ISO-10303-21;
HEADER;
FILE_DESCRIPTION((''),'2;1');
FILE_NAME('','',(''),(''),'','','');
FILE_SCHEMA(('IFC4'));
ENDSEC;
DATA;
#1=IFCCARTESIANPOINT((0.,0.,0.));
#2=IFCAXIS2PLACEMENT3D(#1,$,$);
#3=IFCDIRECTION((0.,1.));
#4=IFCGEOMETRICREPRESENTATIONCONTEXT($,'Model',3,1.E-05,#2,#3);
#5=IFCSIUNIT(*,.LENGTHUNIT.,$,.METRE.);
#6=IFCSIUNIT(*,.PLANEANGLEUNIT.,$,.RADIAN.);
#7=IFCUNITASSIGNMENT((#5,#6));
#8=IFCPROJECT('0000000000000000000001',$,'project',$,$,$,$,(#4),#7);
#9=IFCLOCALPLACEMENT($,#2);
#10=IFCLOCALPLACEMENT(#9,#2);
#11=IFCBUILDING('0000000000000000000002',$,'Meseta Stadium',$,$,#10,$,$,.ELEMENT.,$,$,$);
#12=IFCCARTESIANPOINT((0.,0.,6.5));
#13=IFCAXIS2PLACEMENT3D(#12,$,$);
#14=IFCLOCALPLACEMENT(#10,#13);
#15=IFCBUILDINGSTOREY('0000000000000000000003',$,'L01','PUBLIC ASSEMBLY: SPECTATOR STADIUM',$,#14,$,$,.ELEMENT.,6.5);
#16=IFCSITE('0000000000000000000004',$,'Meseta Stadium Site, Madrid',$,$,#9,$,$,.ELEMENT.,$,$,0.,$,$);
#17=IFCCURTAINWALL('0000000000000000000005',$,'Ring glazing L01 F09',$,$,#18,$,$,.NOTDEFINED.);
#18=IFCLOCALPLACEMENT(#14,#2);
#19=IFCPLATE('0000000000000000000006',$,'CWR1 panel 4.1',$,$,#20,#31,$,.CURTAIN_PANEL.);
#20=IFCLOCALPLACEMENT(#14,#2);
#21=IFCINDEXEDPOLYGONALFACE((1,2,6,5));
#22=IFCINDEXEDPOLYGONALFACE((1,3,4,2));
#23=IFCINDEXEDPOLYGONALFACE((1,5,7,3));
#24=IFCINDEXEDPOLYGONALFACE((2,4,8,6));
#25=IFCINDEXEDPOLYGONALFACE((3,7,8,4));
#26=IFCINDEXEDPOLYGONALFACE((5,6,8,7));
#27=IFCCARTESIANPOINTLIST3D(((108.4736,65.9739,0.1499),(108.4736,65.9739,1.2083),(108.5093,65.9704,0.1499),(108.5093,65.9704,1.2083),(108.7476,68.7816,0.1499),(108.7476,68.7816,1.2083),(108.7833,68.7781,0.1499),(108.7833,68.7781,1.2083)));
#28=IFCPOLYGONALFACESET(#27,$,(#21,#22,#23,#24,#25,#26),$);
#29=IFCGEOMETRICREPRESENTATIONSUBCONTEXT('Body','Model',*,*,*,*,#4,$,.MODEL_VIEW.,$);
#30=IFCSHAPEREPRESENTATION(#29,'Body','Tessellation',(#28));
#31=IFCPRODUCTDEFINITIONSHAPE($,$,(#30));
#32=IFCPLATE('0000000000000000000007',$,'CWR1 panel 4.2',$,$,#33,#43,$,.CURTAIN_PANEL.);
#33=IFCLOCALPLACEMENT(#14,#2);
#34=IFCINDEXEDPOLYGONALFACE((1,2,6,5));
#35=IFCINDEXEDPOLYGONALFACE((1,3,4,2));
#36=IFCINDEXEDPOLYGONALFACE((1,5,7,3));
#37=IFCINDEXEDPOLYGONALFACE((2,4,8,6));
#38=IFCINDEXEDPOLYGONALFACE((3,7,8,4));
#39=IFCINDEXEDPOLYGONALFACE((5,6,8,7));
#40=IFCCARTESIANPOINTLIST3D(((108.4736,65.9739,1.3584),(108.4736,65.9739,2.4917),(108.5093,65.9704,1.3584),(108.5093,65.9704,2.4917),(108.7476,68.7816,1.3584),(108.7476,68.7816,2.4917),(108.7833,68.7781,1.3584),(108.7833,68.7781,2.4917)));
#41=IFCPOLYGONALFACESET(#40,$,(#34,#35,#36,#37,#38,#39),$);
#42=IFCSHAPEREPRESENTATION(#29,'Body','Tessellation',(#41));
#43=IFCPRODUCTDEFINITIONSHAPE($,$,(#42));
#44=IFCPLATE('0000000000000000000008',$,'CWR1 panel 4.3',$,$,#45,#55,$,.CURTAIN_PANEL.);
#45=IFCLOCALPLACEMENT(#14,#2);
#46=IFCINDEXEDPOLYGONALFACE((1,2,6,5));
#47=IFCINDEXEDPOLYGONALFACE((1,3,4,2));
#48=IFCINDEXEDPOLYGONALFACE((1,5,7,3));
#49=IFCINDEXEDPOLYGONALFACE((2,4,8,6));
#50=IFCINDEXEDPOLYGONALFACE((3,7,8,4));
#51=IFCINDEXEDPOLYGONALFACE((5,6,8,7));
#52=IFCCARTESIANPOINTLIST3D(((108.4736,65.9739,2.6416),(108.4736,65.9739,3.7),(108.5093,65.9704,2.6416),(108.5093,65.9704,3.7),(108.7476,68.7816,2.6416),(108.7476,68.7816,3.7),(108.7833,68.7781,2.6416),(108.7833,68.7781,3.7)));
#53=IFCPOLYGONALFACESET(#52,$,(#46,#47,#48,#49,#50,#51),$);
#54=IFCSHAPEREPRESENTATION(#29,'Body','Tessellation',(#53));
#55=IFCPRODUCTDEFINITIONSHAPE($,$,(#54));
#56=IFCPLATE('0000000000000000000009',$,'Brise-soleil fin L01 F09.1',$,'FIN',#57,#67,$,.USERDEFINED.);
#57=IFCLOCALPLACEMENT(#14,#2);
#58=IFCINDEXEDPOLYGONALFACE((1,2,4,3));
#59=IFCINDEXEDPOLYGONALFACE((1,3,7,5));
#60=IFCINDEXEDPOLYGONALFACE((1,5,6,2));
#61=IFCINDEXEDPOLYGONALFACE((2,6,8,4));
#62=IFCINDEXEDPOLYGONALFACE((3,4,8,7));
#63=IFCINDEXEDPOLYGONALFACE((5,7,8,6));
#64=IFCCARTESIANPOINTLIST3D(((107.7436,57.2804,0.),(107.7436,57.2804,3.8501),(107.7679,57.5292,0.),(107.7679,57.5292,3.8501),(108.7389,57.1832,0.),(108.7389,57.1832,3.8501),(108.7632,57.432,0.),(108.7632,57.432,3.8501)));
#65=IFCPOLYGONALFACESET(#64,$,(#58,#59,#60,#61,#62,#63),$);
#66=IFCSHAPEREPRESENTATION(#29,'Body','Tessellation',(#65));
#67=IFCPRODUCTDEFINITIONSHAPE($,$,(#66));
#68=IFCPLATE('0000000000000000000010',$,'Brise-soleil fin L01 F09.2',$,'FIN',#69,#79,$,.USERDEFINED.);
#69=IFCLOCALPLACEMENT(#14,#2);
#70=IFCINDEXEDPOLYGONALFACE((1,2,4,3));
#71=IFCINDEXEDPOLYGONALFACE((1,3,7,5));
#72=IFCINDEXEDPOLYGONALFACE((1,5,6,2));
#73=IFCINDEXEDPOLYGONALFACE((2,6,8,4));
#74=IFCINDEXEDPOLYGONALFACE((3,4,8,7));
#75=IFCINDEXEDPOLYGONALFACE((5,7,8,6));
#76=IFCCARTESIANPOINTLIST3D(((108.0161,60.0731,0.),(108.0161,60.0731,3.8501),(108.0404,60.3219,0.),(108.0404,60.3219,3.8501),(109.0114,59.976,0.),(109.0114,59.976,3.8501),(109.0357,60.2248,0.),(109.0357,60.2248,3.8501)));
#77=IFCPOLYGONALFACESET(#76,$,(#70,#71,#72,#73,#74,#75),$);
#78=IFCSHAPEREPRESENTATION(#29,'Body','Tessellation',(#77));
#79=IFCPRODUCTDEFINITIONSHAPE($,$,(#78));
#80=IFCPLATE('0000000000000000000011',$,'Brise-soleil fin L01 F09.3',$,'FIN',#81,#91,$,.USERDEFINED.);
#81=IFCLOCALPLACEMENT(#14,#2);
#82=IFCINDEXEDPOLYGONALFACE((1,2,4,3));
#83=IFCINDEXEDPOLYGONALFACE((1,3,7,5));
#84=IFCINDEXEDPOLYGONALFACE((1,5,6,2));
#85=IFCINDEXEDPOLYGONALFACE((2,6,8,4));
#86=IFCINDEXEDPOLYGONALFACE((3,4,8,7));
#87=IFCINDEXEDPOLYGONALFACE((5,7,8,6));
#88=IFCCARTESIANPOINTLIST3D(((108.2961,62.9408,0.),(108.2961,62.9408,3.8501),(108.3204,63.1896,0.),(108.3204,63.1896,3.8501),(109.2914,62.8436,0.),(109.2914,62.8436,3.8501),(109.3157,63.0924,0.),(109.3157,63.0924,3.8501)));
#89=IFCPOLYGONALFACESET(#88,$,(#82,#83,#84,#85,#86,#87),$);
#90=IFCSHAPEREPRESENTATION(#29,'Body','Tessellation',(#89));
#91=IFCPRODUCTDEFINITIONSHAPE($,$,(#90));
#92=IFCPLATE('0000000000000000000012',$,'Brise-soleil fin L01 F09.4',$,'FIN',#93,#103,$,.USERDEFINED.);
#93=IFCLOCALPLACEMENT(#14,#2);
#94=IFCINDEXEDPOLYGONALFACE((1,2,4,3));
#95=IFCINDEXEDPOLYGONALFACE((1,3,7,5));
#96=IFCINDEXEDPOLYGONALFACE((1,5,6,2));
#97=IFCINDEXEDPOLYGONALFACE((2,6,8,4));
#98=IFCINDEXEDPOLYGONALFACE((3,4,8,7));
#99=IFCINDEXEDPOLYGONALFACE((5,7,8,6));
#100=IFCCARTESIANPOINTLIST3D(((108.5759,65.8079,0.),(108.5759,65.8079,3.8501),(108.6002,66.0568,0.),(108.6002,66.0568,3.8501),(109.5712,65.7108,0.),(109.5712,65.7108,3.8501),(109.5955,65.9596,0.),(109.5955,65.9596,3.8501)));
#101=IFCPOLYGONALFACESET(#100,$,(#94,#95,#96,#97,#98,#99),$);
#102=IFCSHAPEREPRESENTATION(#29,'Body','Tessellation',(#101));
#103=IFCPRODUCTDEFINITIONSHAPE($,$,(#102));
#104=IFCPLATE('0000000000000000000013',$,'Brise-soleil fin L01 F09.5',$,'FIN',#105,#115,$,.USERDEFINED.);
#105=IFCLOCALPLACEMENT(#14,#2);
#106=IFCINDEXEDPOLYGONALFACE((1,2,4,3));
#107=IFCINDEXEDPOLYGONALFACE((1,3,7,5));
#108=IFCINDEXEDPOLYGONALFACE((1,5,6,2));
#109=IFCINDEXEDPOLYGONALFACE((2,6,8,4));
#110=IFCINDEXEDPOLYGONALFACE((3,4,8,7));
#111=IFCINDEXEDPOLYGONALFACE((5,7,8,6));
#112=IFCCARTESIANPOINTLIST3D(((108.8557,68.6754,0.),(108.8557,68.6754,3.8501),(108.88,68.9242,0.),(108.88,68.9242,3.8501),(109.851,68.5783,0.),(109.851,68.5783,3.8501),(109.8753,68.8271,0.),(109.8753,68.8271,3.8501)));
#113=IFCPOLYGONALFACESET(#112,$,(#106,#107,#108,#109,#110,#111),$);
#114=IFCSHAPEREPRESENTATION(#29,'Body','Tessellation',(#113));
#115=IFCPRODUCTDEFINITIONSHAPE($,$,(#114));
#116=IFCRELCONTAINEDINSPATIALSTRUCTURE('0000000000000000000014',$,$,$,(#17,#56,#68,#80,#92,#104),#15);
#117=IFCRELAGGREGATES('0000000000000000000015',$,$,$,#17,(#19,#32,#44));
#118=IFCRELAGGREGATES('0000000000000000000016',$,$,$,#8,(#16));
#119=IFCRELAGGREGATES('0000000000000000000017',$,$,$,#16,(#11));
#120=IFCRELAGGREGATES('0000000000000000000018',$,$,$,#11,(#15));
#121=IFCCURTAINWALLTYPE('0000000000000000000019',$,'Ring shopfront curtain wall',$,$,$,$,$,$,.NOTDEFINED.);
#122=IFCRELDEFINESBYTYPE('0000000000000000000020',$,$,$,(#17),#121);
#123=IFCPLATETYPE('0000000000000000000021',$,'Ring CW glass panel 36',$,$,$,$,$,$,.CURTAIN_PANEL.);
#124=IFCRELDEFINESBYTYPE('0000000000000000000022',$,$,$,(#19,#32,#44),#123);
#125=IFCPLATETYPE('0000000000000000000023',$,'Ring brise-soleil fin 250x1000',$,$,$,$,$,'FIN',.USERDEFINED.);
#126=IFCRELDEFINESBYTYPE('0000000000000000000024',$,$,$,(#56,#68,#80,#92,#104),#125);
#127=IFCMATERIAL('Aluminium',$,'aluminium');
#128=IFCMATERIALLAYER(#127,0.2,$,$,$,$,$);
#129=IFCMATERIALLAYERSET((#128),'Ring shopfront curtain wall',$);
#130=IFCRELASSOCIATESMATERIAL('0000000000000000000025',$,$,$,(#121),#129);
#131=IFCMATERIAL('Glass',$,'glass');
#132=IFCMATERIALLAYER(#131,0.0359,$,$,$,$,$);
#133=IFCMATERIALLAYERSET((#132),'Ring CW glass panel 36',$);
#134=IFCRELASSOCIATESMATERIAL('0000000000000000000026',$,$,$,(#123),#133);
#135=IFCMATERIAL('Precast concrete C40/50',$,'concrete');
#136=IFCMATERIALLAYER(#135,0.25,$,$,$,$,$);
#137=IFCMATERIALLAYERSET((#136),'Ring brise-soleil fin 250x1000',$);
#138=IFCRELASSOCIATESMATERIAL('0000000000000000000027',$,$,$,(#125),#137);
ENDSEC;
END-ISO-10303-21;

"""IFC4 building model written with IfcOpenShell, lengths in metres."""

from ifc_helpers import new_model, si_unit, direction, frame, origin, origin_2d, place, context, subcontext, project, spatial, rectangle, extrude, material, layer, layer_set, type_object, element, aggregate, save


model = new_model("IFC4")

# Units and contexts
model_context = context("Model", 3, precision=1e-05, world=origin(), true_north=direction((0.0, 1.0)))
body_context = subcontext(model_context, "Body", "Model", "MODEL_VIEW")
ifc_project = project(units=[si_unit("LENGTHUNIT", "METRE"), si_unit("PLANEANGLEUNIT", "RADIAN")], contexts=[model_context])

# Site, building, storey
site_placement = place(None, origin())
site = spatial("IfcSite", under=ifc_project, at=site_placement, Name="Meseta Stadium Site, Madrid", CompositionType="ELEMENT", RefElevation=0.0)
building_placement = place(site_placement, origin())
building = spatial("IfcBuilding", under=site, at=building_placement, Name="Meseta Stadium", CompositionType="ELEMENT")
storey_placement = place(building_placement, frame((0.0, 0.0, 6.5)))
storey = spatial("IfcBuildingStorey", under=building, at=storey_placement, Name="L01", Description="PUBLIC ASSEMBLY: SPECTATOR STADIUM", CompositionType="ELEMENT", Elevation=6.5)

# Curtain wall, plates
ifc_material_1 = material(Name="Aluminium", Category="aluminium")
ifc_layer_1 = layer(ifc_material_1, 0.2)
ifc_layer_set_1 = layer_set([ifc_layer_1], Name="Ring shopfront curtain wall")
curtain_wall_type = type_object("IfcCurtainWallType", Name="Ring shopfront curtain wall", PredefinedType="NOTDEFINED", material=ifc_layer_set_1)
curtain_wall_placement = place(storey_placement, origin())
curtain_wall = element("IfcCurtainWall", 1, at=curtain_wall_placement, inside=storey, type_object=curtain_wall_type, Name="Ring glazing L01 F09", PredefinedType="NOTDEFINED")
ifc_material_2 = material(Name="Glass", Category="glass")
ifc_layer_2 = layer(ifc_material_2, 0.0359)
ifc_layer_set_2 = layer_set([ifc_layer_2], Name="Ring CW glass panel 36")
plate_type_1 = type_object("IfcPlateType", Name="Ring CW glass panel 36", PredefinedType="CURTAIN_PANEL", material=ifc_layer_set_2)
plate_1_placement = place(storey_placement, frame((108.6284, 67.376, 0.1499), z_axis=(0.0, 0.0, 1.0), x_axis=(0.097125, 0.995272, 0.0)))
plate_1 = element("IfcPlate", 2, at=plate_1_placement, type_object=plate_type_1, Name="CWR1 panel 4.1", PredefinedType="CURTAIN_PANEL", context=body_context, shape_type="SweptSolid", body=[
    extrude(rectangle(XDim=2.821, YDim=0.0359, at=origin_2d()), origin(), (0.0, 0.0, 1.0), 1.0583),
])
plate_2_placement = place(storey_placement, frame((108.6284, 67.376, 1.3584), z_axis=(0.0, 0.0, 1.0), x_axis=(0.097125, 0.995272, 0.0)))
plate_2 = element("IfcPlate", 3, at=plate_2_placement, type_object=plate_type_1, Name="CWR1 panel 4.2", PredefinedType="CURTAIN_PANEL", context=body_context, shape_type="SweptSolid", body=[
    extrude(rectangle(XDim=2.821, YDim=0.0359, at=origin_2d()), origin(), (0.0, 0.0, 1.0), 1.1333),
])
plate_3_placement = place(storey_placement, frame((108.6284, 67.376, 2.6416), z_axis=(0.0, 0.0, 1.0), x_axis=(0.097125, 0.995272, 0.0)))
plate_3 = element("IfcPlate", 4, at=plate_3_placement, type_object=plate_type_1, Name="CWR1 panel 4.3", PredefinedType="CURTAIN_PANEL", context=body_context, shape_type="SweptSolid", body=[
    extrude(rectangle(XDim=2.821, YDim=0.0359, at=origin_2d()), origin(), (0.0, 0.0, 1.0), 1.0583),
])
aggregate(curtain_wall, [plate_1, plate_2, plate_3])

# Plates
ifc_material_3 = material(Name="Precast concrete C40/50", Category="concrete")
ifc_layer_3 = layer(ifc_material_3, 0.25)
ifc_layer_set_3 = layer_set([ifc_layer_3], Name="Ring brise-soleil fin 250x1000")
plate_type_2 = type_object("IfcPlateType", Name="Ring brise-soleil fin 250x1000", ElementType="FIN", PredefinedType="USERDEFINED", material=ifc_layer_set_3)
for number, where, z_axis, x_axis, name in (
    (5, (108.2534, 57.3562, 0.0), (0.0, 0.0, 1.0), (0.097123, 0.995272, 0.0), "Brise-soleil fin L01 F09.1"),
    (6, (108.5259, 60.1489, 0.0), (0.0, 0.0, 1.0), (0.097123, 0.995272, 0.0), "Brise-soleil fin L01 F09.2"),
    (7, (108.8059, 63.0166, 0.0), (0.0, 0.0, 1.0), (0.097123, 0.995272, 0.0), "Brise-soleil fin L01 F09.3"),
    (8, (109.0857, 65.8838, 0.0), (0.0, 0.0, 1.0), (0.097123, 0.995272, 0.0), "Brise-soleil fin L01 F09.4"),
    (9, (109.3655, 68.7512, 0.0), (0.0, 0.0, 1.0), (0.097123, 0.995272, 0.0), "Brise-soleil fin L01 F09.5"),
):
    element("IfcPlate", number, at=place(storey_placement, frame(where, z_axis=z_axis, x_axis=x_axis)), inside=storey, type_object=plate_type_2, Name=name, ObjectType="FIN", PredefinedType="USERDEFINED", context=body_context, shape_type="SweptSolid", body=[
        extrude(rectangle(XDim=0.25, YDim=1.0, at=origin_2d()), origin(), (0.0, 0.0, 1.0), 3.8501),
    ])

save(model, "model.ifc")
